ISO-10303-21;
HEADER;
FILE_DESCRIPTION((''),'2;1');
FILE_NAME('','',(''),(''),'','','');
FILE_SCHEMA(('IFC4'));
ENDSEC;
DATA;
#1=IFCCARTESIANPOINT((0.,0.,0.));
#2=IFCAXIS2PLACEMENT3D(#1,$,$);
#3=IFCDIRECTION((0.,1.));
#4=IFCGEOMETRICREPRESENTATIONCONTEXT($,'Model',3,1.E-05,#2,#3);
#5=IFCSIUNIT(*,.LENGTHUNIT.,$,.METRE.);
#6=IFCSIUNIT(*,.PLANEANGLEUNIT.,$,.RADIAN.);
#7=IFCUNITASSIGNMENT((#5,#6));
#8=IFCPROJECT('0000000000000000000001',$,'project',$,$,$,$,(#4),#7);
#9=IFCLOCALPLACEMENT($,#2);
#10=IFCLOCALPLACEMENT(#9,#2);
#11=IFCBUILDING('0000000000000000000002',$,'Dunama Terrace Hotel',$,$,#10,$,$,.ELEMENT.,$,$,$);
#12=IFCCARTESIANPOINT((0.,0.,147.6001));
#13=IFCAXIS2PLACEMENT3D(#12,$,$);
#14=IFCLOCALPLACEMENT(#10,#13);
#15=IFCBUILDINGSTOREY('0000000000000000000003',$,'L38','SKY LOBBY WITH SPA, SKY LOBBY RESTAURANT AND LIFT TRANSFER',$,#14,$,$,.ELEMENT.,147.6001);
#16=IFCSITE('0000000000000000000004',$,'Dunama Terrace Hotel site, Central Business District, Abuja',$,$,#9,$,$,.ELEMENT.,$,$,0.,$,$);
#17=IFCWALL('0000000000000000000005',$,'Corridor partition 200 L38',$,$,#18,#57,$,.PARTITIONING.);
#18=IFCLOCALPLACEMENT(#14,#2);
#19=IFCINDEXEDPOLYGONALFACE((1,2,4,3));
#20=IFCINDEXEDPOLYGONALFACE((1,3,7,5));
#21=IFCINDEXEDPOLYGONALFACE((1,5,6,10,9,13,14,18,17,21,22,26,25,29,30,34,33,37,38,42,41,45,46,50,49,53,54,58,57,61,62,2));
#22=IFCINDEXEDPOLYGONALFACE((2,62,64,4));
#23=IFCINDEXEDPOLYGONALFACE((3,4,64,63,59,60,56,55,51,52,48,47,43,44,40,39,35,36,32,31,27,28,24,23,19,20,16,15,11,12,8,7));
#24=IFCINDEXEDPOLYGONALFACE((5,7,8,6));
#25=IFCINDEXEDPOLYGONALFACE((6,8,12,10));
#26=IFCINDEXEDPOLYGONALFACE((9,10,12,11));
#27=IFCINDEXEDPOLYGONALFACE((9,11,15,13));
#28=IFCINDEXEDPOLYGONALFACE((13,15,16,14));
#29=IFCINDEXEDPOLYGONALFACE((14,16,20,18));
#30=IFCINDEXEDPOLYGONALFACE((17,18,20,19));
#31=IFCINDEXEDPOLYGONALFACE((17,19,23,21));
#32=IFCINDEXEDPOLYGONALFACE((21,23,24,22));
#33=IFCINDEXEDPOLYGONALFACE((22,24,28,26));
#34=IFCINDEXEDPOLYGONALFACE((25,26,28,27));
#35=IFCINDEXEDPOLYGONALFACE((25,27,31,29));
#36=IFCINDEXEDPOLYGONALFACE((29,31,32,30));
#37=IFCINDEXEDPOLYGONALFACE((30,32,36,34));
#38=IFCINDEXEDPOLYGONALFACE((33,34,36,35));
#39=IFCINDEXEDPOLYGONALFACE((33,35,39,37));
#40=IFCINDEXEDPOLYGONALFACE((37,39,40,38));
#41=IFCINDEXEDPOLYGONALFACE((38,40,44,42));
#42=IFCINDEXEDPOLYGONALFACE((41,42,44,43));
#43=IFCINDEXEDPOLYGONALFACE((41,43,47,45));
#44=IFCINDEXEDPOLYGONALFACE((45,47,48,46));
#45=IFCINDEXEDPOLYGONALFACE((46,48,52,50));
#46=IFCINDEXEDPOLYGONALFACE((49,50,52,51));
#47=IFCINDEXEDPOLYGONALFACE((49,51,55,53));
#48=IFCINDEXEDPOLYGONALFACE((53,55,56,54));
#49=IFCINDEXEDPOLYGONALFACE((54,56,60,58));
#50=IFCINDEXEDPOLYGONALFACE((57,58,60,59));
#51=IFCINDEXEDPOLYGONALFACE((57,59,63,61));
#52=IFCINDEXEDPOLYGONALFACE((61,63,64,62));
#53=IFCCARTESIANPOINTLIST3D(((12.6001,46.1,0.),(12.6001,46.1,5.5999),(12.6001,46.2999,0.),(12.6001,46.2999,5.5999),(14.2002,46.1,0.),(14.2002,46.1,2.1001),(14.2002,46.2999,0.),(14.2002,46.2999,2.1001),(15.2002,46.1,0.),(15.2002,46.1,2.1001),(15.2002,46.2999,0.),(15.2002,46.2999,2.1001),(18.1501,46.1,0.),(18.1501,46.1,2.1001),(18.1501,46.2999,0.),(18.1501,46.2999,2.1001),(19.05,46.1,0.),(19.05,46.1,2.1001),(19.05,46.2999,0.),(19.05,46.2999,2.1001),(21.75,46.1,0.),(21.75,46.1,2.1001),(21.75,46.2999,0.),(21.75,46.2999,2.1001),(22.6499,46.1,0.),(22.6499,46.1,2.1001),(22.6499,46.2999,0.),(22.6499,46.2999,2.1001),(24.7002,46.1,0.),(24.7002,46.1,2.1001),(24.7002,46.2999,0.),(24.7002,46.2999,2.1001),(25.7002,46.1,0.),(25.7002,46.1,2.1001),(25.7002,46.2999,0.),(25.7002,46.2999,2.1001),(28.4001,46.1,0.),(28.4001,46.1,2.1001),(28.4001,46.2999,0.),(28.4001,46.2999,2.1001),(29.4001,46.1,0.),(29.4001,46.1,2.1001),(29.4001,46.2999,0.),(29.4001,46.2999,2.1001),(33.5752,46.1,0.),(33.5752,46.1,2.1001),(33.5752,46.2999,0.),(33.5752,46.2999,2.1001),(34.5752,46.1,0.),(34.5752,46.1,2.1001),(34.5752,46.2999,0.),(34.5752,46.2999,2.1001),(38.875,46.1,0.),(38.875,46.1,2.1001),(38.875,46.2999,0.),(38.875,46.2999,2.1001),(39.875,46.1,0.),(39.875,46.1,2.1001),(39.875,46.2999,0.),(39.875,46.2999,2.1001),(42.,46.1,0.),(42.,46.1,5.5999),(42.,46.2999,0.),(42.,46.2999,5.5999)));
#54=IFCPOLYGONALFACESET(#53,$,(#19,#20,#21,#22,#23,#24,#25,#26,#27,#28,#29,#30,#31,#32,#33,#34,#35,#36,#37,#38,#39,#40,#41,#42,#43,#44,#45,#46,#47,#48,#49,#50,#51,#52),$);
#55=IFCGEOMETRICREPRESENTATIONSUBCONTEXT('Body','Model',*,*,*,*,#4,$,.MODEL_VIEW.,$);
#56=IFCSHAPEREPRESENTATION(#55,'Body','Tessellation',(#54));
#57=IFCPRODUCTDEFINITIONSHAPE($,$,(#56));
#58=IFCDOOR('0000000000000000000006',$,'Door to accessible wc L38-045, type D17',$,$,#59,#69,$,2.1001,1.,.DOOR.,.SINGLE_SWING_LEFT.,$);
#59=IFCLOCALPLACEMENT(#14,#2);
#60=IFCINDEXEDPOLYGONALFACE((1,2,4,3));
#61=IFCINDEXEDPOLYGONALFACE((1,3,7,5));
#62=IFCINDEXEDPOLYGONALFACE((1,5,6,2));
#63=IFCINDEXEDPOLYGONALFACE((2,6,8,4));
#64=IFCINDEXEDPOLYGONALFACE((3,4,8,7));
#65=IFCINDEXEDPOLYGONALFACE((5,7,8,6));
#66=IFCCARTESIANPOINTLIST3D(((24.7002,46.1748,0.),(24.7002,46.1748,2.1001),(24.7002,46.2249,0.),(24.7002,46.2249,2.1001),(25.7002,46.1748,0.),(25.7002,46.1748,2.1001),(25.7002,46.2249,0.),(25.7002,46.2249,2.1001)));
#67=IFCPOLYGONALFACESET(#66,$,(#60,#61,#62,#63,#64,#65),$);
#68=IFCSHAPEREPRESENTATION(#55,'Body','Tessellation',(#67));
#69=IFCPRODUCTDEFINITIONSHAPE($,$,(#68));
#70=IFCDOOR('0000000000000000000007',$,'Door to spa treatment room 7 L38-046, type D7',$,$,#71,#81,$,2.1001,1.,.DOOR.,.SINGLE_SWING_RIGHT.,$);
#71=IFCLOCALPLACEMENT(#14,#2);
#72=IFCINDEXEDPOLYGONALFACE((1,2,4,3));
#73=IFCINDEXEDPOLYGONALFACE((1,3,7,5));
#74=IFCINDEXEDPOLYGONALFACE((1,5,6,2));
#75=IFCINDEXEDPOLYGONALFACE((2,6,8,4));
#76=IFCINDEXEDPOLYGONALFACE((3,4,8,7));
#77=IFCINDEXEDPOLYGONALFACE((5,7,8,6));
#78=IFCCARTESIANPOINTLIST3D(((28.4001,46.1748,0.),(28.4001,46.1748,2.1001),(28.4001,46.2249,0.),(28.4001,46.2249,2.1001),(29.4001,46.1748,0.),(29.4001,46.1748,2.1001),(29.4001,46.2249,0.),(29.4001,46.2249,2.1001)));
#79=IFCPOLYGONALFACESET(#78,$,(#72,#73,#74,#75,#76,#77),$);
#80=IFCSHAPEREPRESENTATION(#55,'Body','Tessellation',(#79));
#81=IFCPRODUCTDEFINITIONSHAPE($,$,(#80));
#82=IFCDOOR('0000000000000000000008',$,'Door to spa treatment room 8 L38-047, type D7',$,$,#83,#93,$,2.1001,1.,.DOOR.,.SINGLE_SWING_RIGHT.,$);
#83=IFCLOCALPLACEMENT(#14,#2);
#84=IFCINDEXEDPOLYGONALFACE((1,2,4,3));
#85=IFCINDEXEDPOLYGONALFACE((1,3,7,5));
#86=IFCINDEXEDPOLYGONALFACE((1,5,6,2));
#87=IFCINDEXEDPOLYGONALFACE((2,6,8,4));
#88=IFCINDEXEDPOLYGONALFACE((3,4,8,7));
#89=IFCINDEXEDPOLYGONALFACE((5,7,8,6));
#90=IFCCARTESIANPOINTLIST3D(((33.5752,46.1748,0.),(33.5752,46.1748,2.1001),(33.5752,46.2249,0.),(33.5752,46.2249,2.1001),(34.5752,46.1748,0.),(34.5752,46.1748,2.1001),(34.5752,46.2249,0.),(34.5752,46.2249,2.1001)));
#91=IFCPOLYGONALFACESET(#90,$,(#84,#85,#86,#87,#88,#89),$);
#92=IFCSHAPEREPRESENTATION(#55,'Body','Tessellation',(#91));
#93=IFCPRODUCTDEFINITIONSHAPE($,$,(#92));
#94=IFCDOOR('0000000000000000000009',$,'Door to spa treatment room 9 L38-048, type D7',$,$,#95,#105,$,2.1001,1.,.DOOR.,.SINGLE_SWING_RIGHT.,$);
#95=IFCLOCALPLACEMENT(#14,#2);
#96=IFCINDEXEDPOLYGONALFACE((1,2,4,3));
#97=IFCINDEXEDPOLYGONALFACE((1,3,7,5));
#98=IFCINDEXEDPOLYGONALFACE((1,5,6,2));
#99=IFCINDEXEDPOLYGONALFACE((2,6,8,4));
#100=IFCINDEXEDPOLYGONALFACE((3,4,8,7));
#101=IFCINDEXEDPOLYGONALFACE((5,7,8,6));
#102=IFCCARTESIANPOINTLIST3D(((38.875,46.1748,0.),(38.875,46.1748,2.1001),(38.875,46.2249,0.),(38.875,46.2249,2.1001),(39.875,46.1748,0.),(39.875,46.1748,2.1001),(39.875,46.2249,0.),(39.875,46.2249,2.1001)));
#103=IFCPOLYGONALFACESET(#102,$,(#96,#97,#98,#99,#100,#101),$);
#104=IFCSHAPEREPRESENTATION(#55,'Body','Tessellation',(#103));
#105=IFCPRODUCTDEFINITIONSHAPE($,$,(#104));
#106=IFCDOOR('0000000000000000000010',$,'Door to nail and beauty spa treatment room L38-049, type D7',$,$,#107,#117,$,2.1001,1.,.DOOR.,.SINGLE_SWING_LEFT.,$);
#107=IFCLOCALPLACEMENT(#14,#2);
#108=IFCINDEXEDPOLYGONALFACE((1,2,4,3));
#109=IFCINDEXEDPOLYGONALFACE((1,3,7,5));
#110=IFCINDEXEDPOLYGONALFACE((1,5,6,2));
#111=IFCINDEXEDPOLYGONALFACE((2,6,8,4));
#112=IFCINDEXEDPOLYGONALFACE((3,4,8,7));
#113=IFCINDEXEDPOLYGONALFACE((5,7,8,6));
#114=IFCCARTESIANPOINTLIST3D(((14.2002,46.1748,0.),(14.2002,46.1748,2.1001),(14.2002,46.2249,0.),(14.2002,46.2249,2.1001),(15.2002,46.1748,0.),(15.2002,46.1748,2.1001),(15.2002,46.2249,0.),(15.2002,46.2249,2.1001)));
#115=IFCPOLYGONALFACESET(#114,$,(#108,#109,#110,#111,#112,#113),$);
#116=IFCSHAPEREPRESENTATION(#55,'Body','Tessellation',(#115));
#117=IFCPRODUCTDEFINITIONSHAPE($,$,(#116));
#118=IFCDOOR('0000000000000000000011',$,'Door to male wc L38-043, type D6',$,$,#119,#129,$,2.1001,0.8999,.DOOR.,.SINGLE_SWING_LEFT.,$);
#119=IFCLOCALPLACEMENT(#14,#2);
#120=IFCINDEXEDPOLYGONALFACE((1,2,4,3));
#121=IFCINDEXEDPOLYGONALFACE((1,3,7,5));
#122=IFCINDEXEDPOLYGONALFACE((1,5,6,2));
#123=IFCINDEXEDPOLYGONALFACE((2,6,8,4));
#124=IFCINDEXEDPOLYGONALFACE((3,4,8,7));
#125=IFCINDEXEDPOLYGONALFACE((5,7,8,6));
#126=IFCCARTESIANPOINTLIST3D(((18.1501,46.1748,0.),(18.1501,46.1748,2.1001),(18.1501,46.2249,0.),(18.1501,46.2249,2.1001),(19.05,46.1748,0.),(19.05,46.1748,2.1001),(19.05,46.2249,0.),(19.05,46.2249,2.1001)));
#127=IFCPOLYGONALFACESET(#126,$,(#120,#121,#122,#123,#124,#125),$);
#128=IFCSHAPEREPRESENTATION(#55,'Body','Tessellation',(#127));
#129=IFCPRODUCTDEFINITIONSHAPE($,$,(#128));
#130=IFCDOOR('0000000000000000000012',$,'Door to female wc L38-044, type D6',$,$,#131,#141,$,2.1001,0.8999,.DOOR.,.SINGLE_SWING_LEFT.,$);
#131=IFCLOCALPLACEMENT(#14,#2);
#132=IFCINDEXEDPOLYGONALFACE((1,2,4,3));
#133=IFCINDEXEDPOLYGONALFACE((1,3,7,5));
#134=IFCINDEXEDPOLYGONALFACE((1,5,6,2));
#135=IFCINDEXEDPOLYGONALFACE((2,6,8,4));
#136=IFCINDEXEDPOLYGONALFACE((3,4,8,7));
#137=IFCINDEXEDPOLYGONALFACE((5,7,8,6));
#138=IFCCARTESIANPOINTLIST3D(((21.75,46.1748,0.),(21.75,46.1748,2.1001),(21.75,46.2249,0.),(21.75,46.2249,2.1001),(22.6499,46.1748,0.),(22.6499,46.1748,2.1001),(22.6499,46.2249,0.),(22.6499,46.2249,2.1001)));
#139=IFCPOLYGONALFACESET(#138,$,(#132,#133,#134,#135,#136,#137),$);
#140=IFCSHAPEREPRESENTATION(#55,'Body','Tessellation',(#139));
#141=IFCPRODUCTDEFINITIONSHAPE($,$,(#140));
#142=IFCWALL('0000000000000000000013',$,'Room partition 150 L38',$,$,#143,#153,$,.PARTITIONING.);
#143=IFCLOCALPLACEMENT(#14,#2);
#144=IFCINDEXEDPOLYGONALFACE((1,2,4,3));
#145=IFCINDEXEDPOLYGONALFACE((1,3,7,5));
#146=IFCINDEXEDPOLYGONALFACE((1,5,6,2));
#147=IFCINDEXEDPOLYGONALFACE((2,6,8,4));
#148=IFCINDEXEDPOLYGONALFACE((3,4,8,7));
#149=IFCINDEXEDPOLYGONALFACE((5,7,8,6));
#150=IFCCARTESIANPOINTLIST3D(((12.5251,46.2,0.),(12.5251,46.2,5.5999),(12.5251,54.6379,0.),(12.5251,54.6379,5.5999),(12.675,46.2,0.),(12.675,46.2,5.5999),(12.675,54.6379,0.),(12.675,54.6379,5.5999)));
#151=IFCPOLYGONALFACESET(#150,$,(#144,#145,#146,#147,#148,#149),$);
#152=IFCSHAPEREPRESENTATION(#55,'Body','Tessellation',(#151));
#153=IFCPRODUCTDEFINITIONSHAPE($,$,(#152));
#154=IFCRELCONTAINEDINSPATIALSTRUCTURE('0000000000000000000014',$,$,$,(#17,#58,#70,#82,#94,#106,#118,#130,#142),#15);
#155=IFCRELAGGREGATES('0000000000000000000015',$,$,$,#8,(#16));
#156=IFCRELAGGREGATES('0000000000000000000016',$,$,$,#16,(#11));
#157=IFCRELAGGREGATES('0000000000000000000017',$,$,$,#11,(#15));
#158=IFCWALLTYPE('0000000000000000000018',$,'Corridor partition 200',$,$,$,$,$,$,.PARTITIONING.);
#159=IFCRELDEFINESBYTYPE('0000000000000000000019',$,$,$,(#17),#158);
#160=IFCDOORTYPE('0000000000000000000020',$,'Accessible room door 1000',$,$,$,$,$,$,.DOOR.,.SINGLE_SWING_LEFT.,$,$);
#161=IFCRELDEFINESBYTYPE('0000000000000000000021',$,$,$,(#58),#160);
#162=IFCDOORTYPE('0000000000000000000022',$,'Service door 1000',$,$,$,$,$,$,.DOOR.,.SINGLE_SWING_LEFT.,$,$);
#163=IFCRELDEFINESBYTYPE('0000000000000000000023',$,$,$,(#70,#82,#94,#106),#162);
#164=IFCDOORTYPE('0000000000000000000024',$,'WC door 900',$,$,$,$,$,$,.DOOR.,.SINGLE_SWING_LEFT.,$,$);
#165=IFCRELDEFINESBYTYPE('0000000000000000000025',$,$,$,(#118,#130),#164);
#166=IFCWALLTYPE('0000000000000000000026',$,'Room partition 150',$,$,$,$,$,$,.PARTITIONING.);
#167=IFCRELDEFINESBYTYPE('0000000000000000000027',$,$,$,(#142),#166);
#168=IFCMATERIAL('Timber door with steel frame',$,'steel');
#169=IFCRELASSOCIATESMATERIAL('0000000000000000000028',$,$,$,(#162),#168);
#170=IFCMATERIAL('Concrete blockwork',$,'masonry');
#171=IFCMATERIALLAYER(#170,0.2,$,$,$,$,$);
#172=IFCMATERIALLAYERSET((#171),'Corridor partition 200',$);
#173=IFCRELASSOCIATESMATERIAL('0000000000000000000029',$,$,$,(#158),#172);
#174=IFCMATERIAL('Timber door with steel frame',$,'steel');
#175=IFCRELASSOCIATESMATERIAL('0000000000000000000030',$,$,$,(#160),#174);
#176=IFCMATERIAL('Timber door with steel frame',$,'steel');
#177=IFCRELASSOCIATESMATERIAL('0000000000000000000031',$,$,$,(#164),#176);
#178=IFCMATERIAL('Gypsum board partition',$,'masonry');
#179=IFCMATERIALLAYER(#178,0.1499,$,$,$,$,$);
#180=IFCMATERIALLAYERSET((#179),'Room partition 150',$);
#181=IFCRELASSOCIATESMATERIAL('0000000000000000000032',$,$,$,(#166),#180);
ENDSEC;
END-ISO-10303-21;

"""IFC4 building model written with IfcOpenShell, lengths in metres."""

from ifc_helpers import new_model, si_unit, direction, frame, frame_2d, origin, place, context, subcontext, project, spatial, rectangle, extrude, material, layer, layer_set, type_object, element, fill, save


model = new_model("IFC4")

# Units and contexts
model_context = context("Model", 3, precision=1e-05, world=origin(), true_north=direction((0.0, 1.0)))
body_context = subcontext(model_context, "Body", "Model", "MODEL_VIEW")
ifc_project = project(units=[si_unit("LENGTHUNIT", "METRE"), si_unit("PLANEANGLEUNIT", "RADIAN")], contexts=[model_context])

# Site, building, storey
site_placement = place(None, origin())
site = spatial("IfcSite", under=ifc_project, at=site_placement, Name="Dunama Terrace Hotel site, Central Business District, Abuja", CompositionType="ELEMENT", RefElevation=0.0)
building_placement = place(site_placement, origin())
building = spatial("IfcBuilding", under=site, at=building_placement, Name="Dunama Terrace Hotel", CompositionType="ELEMENT")
storey_placement = place(building_placement, frame((0.0, 0.0, 147.6001)))
storey = spatial("IfcBuildingStorey", under=building, at=storey_placement, Name="L38", Description="SKY LOBBY WITH SPA, SKY LOBBY RESTAURANT AND LIFT TRANSFER", CompositionType="ELEMENT", Elevation=147.6001)

# Shared definitions
ifc_material_1 = material(Name="Timber door with steel frame", Category="steel")
door_type_1 = type_object("IfcDoorType", Name="Service door 1000", OperationType="SINGLE_SWING_LEFT", PredefinedType="DOOR", material=ifc_material_1)

# Shared definitions
ifc_material_2 = material(Name="Concrete blockwork", Category="masonry")
ifc_layer_1 = layer(ifc_material_2, 0.2)
ifc_layer_set_1 = layer_set([ifc_layer_1], Name="Corridor partition 200")
wall_type_1 = type_object("IfcWallType", Name="Corridor partition 200", PredefinedType="PARTITIONING", material=ifc_layer_set_1)

# Wall, openings, doors
wall_1_placement = place(storey_placement, frame((12.6001, 46.2, 0.0), z_axis=(0.0, 0.0, 1.0), x_axis=(1.0, 0.0, 0.0)))
wall_1 = element("IfcWall", 1, at=wall_1_placement, inside=storey, type_object=wall_type_1, Name="Corridor partition 200 L38", PredefinedType="PARTITIONING", context=body_context, shape_type="SweptSolid", body=[
    extrude(rectangle(XDim=29.3999, YDim=0.2, at=frame_2d((14.7, 0.0))), origin(), (0.0, 0.0, 1.0), 5.5999),
])
opening_1_placement = place(wall_1_placement, frame((5.55, 0.0, 0.0)))
opening_1 = element("IfcOpeningElement", 2, at=opening_1_placement, cuts=wall_1, PredefinedType="OPENING", context=body_context, shape_type="SweptSolid", body=[
    extrude(rectangle(XDim=0.8999, YDim=2.1001, at=frame_2d((0.45, 1.05))), frame((0.0, 0.1099, 0.0), z_axis=(0.0, -1.0, 0.0), x_axis=(1.0, 0.0, 0.0)), (0.0, 0.0, 1.0), 0.22),
])
opening_2_placement = place(wall_1_placement, frame((9.1499, 0.0, 0.0)))
opening_2 = element("IfcOpeningElement", 3, at=opening_2_placement, cuts=wall_1, PredefinedType="OPENING", context=body_context, shape_type="SweptSolid", body=[
    extrude(rectangle(XDim=0.8999, YDim=2.1001, at=frame_2d((0.45, 1.05))), frame((0.0, 0.1099, 0.0), z_axis=(0.0, -1.0, 0.0), x_axis=(1.0, 0.0, 0.0)), (0.0, 0.0, 1.0), 0.22),
])
opening_3_placement = place(wall_1_placement, frame((12.1001, 0.0, 0.0)))
opening_3 = element("IfcOpeningElement", 4, at=opening_3_placement, cuts=wall_1, PredefinedType="OPENING", context=body_context, shape_type="SweptSolid", body=[
    extrude(rectangle(XDim=1.0, YDim=2.1001, at=frame_2d((0.5, 1.05))), frame((0.0, 0.1099, 0.0), z_axis=(0.0, -1.0, 0.0), x_axis=(1.0, 0.0, 0.0)), (0.0, 0.0, 1.0), 0.22),
])
opening_4_placement = place(wall_1_placement, frame((15.8, 0.0, 0.0)))
opening_4 = element("IfcOpeningElement", 5, at=opening_4_placement, cuts=wall_1, PredefinedType="OPENING", context=body_context, shape_type="SweptSolid", body=[
    extrude(rectangle(XDim=1.0, YDim=2.1001, at=frame_2d((0.5, 1.05))), frame((0.0, 0.1099, 0.0), z_axis=(0.0, -1.0, 0.0), x_axis=(1.0, 0.0, 0.0)), (0.0, 0.0, 1.0), 0.22),
])
opening_5_placement = place(wall_1_placement, frame((20.9751, 0.0, 0.0)))
opening_5 = element("IfcOpeningElement", 6, at=opening_5_placement, cuts=wall_1, PredefinedType="OPENING", context=body_context, shape_type="SweptSolid", body=[
    extrude(rectangle(XDim=1.0, YDim=2.1001, at=frame_2d((0.5, 1.05))), frame((0.0, 0.1099, 0.0), z_axis=(0.0, -1.0, 0.0), x_axis=(1.0, 0.0, 0.0)), (0.0, 0.0, 1.0), 0.22),
])
opening_6_placement = place(wall_1_placement, frame((26.2749, 0.0, 0.0)))
opening_6 = element("IfcOpeningElement", 7, at=opening_6_placement, cuts=wall_1, PredefinedType="OPENING", context=body_context, shape_type="SweptSolid", body=[
    extrude(rectangle(XDim=1.0, YDim=2.1001, at=frame_2d((0.5, 1.05))), frame((0.0, 0.1099, 0.0), z_axis=(0.0, -1.0, 0.0), x_axis=(1.0, 0.0, 0.0)), (0.0, 0.0, 1.0), 0.22),
])
opening_7_placement = place(wall_1_placement, frame((1.6001, 0.0, 0.0)))
opening_7 = element("IfcOpeningElement", 8, at=opening_7_placement, cuts=wall_1, PredefinedType="OPENING", context=body_context, shape_type="SweptSolid", body=[
    extrude(rectangle(XDim=1.0, YDim=2.1001, at=frame_2d((0.5, 1.05))), frame((0.0, 0.1099, 0.0), z_axis=(0.0, -1.0, 0.0), x_axis=(1.0, 0.0, 0.0)), (0.0, 0.0, 1.0), 0.22),
])
ifc_material_3 = material(Name="Timber door with steel frame", Category="steel")
door_type_2 = type_object("IfcDoorType", Name="Accessible room door 1000", OperationType="SINGLE_SWING_LEFT", PredefinedType="DOOR", material=ifc_material_3)
door_1_placement = place(opening_3_placement, origin())
door_1 = element("IfcDoor", 9, at=door_1_placement, inside=storey, type_object=door_type_2, Name="Door to accessible wc L38-045, type D17", OperationType="SINGLE_SWING_LEFT", OverallHeight=2.1001, OverallWidth=1.0, PredefinedType="DOOR", context=body_context, shape_type="SweptSolid", body=[
    extrude(rectangle(XDim=1.0, YDim=2.1001, at=frame_2d((0.5, 1.05))), frame((0.0, 0.0249, 0.0), z_axis=(0.0, -1.0, 0.0), x_axis=(1.0, 0.0, 0.0)), (0.0, 0.0, 1.0), 0.05),
])
fill(opening_3, door_1)
door_2_placement = place(opening_4_placement, origin())
door_2 = element("IfcDoor", 10, at=door_2_placement, inside=storey, type_object=door_type_1, Name="Door to spa treatment room 7 L38-046, type D7", OperationType="SINGLE_SWING_RIGHT", OverallHeight=2.1001, OverallWidth=1.0, PredefinedType="DOOR", context=body_context, shape_type="SweptSolid", body=[
    extrude(rectangle(XDim=1.0, YDim=2.1001, at=frame_2d((0.5, 1.05))), frame((0.0, 0.0249, 0.0), z_axis=(0.0, -1.0, 0.0), x_axis=(1.0, 0.0, 0.0)), (0.0, 0.0, 1.0), 0.05),
])
fill(opening_4, door_2)
door_3_placement = place(opening_5_placement, origin())
door_3 = element("IfcDoor", 11, at=door_3_placement, inside=storey, type_object=door_type_1, Name="Door to spa treatment room 8 L38-047, type D7", OperationType="SINGLE_SWING_RIGHT", OverallHeight=2.1001, OverallWidth=1.0, PredefinedType="DOOR", context=body_context, shape_type="SweptSolid", body=[
    extrude(rectangle(XDim=1.0, YDim=2.1001, at=frame_2d((0.5, 1.05))), frame((0.0, 0.0249, 0.0), z_axis=(0.0, -1.0, 0.0), x_axis=(1.0, 0.0, 0.0)), (0.0, 0.0, 1.0), 0.05),
])
fill(opening_5, door_3)
door_4_placement = place(opening_6_placement, origin())
door_4 = element("IfcDoor", 12, at=door_4_placement, inside=storey, type_object=door_type_1, Name="Door to spa treatment room 9 L38-048, type D7", OperationType="SINGLE_SWING_RIGHT", OverallHeight=2.1001, OverallWidth=1.0, PredefinedType="DOOR", context=body_context, shape_type="SweptSolid", body=[
    extrude(rectangle(XDim=1.0, YDim=2.1001, at=frame_2d((0.5, 1.05))), frame((0.0, 0.0249, 0.0), z_axis=(0.0, -1.0, 0.0), x_axis=(1.0, 0.0, 0.0)), (0.0, 0.0, 1.0), 0.05),
])
fill(opening_6, door_4)
door_5_placement = place(opening_7_placement, origin())
door_5 = element("IfcDoor", 13, at=door_5_placement, inside=storey, type_object=door_type_1, Name="Door to nail and beauty spa treatment room L38-049, type D7", OperationType="SINGLE_SWING_LEFT", OverallHeight=2.1001, OverallWidth=1.0, PredefinedType="DOOR", context=body_context, shape_type="SweptSolid", body=[
    extrude(rectangle(XDim=1.0, YDim=2.1001, at=frame_2d((0.5, 1.05))), frame((0.0, 0.0249, 0.0), z_axis=(0.0, -1.0, 0.0), x_axis=(1.0, 0.0, 0.0)), (0.0, 0.0, 1.0), 0.05),
])
fill(opening_7, door_5)
ifc_material_4 = material(Name="Timber door with steel frame", Category="steel")
door_type_3 = type_object("IfcDoorType", Name="WC door 900", OperationType="SINGLE_SWING_LEFT", PredefinedType="DOOR", material=ifc_material_4)
door_6_placement = place(opening_1_placement, origin())
door_6 = element("IfcDoor", 14, at=door_6_placement, inside=storey, type_object=door_type_3, Name="Door to male wc L38-043, type D6", OperationType="SINGLE_SWING_LEFT", OverallHeight=2.1001, OverallWidth=0.8999, PredefinedType="DOOR", context=body_context, shape_type="SweptSolid", body=[
    extrude(rectangle(XDim=0.8999, YDim=2.1001, at=frame_2d((0.45, 1.05))), frame((0.0, 0.0249, 0.0), z_axis=(0.0, -1.0, 0.0), x_axis=(1.0, 0.0, 0.0)), (0.0, 0.0, 1.0), 0.05),
])
fill(opening_1, door_6)
door_7_placement = place(opening_2_placement, origin())
door_7 = element("IfcDoor", 15, at=door_7_placement, inside=storey, type_object=door_type_3, Name="Door to female wc L38-044, type D6", OperationType="SINGLE_SWING_LEFT", OverallHeight=2.1001, OverallWidth=0.8999, PredefinedType="DOOR", context=body_context, shape_type="SweptSolid", body=[
    extrude(rectangle(XDim=0.8999, YDim=2.1001, at=frame_2d((0.45, 1.05))), frame((0.0, 0.0249, 0.0), z_axis=(0.0, -1.0, 0.0), x_axis=(1.0, 0.0, 0.0)), (0.0, 0.0, 1.0), 0.05),
])
fill(opening_2, door_7)

# Wall
ifc_material_5 = material(Name="Gypsum board partition", Category="masonry")
ifc_layer_2 = layer(ifc_material_5, 0.1499)
ifc_layer_set_2 = layer_set([ifc_layer_2], Name="Room partition 150")
wall_type_2 = type_object("IfcWallType", Name="Room partition 150", PredefinedType="PARTITIONING", material=ifc_layer_set_2)
wall_2_placement = place(storey_placement, frame((12.6001, 46.2, 0.0), z_axis=(0.0, 0.0, 1.0), x_axis=(0.0, 1.0, 0.0)))
element("IfcWall", 16, at=wall_2_placement, inside=storey, type_object=wall_type_2, Name="Room partition 150 L38", PredefinedType="PARTITIONING", context=body_context, shape_type="SweptSolid", body=[
    extrude(rectangle(XDim=8.438, YDim=0.1499, at=frame_2d((4.219, 0.0))), origin(), (0.0, 0.0, 1.0), 5.5999),
])

save(model, "model.ifc")
